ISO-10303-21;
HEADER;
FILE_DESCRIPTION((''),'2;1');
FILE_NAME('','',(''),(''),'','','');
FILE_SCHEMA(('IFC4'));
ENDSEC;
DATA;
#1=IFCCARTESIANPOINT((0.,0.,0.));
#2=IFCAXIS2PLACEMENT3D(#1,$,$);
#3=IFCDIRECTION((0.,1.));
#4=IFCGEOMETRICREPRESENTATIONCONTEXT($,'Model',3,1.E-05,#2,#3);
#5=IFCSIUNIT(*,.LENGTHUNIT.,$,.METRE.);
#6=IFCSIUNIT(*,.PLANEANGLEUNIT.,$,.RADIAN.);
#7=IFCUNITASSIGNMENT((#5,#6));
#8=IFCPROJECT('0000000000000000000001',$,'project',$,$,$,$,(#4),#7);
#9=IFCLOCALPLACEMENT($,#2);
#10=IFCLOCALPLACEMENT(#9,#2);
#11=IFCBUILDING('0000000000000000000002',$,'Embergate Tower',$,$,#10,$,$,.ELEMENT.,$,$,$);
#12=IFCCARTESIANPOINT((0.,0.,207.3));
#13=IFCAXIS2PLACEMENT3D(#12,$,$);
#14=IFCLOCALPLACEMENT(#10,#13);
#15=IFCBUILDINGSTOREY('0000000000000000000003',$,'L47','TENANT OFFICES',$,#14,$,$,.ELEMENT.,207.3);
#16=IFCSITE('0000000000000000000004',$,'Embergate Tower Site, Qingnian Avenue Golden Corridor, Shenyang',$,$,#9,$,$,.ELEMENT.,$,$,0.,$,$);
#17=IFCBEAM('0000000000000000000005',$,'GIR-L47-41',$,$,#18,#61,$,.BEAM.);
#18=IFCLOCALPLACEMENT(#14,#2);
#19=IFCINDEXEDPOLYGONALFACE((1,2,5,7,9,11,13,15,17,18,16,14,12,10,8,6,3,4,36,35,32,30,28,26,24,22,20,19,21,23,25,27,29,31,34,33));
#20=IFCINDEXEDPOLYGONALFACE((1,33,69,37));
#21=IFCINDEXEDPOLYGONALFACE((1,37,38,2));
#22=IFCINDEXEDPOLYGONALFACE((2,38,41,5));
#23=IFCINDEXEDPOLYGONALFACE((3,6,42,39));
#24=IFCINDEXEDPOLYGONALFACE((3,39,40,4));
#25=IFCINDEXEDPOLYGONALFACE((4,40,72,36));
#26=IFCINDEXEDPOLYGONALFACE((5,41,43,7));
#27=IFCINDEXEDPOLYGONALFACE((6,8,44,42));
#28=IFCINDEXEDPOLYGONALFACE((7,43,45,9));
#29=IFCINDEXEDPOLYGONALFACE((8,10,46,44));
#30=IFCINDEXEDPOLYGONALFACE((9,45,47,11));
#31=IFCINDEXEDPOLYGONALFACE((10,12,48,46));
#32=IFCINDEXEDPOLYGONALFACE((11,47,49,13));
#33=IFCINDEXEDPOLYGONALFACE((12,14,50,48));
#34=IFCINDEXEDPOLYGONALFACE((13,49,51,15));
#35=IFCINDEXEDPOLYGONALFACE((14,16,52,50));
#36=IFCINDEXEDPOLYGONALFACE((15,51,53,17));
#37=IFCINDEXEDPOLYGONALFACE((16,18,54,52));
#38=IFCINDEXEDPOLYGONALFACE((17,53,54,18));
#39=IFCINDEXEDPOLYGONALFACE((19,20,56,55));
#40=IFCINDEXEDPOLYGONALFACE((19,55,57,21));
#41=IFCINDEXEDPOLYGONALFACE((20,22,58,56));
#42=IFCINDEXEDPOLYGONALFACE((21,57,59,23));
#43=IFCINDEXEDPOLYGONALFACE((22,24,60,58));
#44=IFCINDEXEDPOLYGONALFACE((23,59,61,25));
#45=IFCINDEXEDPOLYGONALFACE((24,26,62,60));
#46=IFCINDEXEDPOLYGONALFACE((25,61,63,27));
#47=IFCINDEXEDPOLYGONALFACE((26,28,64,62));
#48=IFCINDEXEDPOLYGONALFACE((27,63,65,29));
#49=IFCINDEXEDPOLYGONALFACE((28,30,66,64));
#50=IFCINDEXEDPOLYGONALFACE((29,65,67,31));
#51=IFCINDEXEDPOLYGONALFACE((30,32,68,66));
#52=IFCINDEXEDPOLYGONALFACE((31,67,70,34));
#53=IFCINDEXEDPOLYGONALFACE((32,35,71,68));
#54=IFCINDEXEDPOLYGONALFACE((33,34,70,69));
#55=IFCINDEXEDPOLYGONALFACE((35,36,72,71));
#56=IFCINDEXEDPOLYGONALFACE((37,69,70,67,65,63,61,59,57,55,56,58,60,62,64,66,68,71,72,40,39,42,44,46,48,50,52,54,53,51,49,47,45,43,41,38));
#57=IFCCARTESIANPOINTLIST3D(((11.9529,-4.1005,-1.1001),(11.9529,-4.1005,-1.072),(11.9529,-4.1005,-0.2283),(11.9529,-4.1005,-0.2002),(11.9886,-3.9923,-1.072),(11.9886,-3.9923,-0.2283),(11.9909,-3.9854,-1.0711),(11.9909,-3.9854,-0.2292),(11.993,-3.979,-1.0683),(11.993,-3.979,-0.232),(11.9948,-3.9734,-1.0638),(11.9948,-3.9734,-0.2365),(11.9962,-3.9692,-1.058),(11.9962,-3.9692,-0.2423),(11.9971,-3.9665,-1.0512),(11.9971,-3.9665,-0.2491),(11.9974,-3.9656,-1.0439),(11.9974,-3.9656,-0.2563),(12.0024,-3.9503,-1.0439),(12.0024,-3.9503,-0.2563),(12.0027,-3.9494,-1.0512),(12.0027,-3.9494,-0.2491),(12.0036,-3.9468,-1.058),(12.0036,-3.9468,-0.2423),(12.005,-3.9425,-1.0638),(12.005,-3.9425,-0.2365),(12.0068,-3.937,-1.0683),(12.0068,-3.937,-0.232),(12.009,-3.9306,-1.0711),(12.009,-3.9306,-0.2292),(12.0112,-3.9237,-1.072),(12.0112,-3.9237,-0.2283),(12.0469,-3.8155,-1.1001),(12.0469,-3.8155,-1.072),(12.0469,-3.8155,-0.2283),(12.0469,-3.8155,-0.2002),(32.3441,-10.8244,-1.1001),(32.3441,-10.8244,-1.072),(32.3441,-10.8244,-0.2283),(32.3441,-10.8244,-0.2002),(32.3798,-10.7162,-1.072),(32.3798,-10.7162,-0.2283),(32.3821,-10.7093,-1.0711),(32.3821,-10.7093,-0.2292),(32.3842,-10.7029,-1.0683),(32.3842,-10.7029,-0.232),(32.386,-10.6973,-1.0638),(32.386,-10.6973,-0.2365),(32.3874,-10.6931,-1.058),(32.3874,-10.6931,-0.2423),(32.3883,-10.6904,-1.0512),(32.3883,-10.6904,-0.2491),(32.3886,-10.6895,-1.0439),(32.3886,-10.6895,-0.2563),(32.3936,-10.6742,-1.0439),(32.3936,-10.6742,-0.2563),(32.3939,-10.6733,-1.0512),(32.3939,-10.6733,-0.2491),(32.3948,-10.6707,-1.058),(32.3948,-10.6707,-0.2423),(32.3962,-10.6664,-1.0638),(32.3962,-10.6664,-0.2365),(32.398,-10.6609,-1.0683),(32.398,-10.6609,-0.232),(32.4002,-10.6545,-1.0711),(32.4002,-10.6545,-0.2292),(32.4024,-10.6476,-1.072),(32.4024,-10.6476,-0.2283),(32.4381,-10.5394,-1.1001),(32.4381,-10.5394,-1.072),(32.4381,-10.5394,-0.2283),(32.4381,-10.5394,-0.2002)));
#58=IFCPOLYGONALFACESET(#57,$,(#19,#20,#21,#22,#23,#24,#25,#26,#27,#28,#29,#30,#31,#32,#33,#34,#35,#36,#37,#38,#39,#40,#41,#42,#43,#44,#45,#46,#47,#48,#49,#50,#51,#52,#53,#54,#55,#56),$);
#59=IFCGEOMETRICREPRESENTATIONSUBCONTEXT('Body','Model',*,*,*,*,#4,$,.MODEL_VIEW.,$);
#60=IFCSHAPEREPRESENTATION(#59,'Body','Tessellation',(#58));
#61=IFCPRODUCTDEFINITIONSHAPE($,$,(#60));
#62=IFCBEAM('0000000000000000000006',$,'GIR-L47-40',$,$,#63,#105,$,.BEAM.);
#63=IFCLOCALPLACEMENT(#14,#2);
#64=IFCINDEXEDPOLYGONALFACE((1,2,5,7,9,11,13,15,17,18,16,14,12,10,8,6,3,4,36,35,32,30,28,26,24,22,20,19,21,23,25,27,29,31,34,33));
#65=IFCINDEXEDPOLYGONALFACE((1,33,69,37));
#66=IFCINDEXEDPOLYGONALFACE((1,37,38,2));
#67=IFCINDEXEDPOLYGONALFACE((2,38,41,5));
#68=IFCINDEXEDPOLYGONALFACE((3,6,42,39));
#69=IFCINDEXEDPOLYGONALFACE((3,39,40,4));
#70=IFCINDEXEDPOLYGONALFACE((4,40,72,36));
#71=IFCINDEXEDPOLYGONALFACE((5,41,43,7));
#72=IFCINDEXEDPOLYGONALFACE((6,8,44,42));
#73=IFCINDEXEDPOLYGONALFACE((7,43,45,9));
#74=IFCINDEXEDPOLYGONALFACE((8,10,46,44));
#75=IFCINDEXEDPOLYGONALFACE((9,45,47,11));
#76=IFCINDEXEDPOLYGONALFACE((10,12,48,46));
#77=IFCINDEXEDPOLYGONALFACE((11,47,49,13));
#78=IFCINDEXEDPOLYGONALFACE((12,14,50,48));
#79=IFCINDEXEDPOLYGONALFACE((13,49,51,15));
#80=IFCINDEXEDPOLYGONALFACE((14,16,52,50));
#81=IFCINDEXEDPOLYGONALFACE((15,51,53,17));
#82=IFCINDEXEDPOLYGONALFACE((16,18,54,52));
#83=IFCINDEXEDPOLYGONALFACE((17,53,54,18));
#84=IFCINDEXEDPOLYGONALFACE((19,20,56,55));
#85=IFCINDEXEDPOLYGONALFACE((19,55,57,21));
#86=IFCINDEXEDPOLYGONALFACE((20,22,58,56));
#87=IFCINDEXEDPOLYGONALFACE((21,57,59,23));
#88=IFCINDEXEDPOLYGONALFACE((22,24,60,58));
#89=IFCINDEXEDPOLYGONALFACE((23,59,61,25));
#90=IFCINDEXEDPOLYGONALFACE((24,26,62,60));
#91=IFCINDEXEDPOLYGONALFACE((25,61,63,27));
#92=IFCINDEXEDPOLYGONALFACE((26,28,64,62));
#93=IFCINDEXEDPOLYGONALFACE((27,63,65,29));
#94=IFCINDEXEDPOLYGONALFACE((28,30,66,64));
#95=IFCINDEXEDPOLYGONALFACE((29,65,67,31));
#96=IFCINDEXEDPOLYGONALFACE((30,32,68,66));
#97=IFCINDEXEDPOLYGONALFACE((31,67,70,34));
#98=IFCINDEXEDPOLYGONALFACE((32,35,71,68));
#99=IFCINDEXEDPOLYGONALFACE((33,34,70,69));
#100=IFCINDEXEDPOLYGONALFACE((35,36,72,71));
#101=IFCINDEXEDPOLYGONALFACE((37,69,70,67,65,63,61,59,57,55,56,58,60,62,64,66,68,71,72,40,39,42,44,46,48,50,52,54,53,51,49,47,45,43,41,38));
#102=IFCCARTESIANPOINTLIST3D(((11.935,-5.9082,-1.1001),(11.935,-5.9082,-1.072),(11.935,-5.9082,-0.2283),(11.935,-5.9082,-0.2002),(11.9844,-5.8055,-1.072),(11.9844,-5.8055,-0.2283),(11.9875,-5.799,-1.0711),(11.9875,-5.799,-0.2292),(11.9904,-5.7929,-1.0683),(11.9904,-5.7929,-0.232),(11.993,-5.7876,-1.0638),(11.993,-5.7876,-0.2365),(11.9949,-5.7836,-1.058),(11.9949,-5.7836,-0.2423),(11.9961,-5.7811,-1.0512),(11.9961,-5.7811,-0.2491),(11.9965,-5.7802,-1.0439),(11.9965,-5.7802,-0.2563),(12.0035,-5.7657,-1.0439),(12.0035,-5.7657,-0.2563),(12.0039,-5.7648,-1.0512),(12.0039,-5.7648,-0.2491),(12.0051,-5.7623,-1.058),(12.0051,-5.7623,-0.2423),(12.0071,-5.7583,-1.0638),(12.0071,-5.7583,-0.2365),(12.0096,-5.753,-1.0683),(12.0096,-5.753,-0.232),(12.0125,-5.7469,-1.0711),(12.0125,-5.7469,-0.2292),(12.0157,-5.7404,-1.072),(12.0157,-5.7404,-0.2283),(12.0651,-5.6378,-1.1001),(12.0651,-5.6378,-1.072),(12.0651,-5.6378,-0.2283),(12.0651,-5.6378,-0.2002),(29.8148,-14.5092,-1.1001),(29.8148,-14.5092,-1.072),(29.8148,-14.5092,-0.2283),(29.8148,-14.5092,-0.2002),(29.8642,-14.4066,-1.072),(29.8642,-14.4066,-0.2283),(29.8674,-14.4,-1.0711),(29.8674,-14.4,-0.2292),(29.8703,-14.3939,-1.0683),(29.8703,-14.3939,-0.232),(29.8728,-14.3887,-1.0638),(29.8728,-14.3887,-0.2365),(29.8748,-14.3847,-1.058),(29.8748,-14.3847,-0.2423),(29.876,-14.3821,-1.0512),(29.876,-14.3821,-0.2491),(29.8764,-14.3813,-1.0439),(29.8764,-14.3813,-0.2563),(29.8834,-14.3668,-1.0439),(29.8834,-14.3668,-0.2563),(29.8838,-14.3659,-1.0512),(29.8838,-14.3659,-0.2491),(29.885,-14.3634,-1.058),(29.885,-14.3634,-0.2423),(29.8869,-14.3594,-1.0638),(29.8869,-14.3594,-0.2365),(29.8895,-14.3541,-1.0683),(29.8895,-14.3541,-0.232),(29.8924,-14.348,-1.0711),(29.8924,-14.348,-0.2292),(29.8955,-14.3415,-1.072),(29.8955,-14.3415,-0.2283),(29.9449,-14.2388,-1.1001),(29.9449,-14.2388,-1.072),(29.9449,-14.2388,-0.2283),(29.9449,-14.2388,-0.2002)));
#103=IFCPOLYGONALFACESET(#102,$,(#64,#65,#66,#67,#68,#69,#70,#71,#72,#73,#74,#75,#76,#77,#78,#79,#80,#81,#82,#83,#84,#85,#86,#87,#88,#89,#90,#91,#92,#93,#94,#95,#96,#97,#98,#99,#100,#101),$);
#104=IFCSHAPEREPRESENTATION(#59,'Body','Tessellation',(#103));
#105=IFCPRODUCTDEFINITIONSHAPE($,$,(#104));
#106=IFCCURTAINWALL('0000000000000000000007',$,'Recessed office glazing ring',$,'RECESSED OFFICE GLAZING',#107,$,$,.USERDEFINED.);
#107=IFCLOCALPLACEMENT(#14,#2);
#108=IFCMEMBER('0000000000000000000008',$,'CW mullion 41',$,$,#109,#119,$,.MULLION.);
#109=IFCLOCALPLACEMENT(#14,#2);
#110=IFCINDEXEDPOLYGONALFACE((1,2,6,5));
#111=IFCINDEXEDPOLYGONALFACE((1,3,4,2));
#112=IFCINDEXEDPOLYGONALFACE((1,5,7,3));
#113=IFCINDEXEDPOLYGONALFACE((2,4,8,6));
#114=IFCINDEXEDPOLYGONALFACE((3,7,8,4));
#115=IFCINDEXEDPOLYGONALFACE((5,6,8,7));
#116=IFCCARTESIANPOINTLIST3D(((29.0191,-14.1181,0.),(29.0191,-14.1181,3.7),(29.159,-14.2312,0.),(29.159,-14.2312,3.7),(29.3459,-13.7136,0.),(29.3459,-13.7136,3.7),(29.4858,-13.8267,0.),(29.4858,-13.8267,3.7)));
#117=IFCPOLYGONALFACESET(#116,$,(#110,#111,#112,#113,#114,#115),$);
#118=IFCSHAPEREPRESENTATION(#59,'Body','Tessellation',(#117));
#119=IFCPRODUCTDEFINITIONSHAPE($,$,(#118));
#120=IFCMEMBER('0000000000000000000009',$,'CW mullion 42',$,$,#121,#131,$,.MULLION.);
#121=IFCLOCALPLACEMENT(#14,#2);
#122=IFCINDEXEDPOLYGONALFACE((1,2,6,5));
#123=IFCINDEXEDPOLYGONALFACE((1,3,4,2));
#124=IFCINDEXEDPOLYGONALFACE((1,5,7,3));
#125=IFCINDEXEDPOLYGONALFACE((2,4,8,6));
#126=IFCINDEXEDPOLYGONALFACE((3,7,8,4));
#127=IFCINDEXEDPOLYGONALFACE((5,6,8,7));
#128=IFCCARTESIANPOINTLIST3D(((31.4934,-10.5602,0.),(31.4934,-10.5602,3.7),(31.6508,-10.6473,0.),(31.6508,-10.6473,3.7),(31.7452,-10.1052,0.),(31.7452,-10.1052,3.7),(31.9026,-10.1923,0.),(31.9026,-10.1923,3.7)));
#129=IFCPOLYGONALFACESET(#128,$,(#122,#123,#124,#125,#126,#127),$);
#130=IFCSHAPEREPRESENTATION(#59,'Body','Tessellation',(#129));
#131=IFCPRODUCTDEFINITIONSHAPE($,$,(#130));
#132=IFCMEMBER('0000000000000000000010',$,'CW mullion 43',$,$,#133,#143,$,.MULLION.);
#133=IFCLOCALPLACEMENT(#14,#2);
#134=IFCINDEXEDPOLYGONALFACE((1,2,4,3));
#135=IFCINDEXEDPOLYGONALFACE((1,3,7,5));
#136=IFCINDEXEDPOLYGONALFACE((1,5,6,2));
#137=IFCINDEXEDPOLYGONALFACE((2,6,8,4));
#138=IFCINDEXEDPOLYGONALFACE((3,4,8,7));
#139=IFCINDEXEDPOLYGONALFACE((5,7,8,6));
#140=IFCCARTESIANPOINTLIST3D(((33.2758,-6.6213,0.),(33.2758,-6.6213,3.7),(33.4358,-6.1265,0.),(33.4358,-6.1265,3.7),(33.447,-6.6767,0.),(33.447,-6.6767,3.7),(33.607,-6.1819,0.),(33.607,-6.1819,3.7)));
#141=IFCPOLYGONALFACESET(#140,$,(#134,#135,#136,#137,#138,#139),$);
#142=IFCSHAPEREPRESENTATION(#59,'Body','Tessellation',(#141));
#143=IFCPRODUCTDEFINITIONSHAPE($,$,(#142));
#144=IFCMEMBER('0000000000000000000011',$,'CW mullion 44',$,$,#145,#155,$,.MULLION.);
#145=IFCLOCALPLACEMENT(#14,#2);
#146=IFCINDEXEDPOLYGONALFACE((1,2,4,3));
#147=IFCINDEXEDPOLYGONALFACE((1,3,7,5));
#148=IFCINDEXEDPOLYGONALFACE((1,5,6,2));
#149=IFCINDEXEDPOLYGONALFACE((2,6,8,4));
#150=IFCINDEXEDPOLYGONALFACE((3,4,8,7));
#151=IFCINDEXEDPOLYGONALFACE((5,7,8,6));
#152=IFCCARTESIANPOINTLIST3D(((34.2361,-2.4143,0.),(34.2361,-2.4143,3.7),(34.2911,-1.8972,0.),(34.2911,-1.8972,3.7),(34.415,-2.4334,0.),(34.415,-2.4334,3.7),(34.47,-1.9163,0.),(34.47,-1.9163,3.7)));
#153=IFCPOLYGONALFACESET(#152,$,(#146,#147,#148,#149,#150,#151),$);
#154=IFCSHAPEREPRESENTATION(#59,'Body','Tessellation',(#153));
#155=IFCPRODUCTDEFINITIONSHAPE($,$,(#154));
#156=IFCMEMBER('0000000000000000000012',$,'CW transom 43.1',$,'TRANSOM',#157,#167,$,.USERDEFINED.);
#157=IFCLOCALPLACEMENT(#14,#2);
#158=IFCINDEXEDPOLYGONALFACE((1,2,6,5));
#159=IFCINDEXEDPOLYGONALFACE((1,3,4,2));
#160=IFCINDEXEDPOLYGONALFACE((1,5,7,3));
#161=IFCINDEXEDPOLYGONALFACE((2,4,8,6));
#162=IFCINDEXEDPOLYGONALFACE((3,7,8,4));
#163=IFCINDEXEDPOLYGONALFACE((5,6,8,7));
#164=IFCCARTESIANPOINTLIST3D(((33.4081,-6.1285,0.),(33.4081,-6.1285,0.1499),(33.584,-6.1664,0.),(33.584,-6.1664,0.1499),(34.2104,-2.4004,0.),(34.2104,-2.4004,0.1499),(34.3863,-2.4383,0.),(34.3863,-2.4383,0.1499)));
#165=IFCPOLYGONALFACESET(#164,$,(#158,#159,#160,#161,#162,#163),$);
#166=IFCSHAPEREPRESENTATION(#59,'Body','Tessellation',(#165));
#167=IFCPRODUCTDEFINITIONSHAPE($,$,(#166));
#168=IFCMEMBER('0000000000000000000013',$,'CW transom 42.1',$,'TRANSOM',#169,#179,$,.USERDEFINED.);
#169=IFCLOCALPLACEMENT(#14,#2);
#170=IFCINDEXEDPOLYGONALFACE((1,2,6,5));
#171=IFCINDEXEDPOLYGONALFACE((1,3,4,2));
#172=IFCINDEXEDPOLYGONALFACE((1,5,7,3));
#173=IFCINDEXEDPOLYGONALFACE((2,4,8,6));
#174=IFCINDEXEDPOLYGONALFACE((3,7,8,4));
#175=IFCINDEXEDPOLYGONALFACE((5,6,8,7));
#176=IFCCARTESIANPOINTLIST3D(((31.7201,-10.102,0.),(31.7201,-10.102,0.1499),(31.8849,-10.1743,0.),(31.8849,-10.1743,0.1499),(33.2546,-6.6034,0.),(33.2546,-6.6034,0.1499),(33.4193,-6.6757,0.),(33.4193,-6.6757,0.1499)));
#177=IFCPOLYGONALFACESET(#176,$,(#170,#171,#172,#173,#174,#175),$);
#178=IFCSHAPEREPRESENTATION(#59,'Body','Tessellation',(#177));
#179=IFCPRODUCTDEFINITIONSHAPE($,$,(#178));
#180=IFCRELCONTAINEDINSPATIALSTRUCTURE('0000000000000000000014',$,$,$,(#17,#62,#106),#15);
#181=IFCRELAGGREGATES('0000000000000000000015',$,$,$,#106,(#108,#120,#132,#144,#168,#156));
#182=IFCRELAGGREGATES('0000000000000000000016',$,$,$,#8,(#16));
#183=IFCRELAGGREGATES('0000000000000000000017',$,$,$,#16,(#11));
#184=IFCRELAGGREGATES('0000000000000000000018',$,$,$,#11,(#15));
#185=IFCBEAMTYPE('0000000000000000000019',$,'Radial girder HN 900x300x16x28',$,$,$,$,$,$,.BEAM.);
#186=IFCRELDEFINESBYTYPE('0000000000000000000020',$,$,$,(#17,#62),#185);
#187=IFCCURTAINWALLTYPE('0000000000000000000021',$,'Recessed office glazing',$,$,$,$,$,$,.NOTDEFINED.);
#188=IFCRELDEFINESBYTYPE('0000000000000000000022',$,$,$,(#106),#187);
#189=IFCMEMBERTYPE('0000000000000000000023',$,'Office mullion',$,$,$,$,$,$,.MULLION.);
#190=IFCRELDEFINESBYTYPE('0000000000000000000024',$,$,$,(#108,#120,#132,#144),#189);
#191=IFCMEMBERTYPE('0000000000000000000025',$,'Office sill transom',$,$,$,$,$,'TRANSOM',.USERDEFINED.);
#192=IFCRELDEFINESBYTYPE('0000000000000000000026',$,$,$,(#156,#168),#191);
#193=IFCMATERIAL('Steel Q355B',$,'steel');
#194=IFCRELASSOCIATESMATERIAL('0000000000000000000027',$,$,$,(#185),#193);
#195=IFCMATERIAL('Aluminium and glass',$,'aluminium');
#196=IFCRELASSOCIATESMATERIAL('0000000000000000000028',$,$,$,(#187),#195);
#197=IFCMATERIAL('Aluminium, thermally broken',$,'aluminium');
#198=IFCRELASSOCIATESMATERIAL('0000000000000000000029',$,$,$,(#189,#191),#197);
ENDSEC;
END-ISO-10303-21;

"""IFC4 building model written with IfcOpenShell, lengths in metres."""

from ifc_helpers import new_model, si_unit, direction, frame, origin, origin_2d, place, context, subcontext, project, spatial, rectangle, i_section, extrude, source, transform, mapped, material, material_profile, profile_set, type_object, element, aggregate, save


model = new_model("IFC4")

# Units and contexts
model_context = context("Model", 3, precision=1e-05, world=origin(), true_north=direction((0.0, 1.0)))
body_context = subcontext(model_context, "Body", "Model", "MODEL_VIEW")
ifc_project = project(units=[si_unit("LENGTHUNIT", "METRE"), si_unit("PLANEANGLEUNIT", "RADIAN")], contexts=[model_context])

# Site, building, storey
site_placement = place(None, origin())
site = spatial("IfcSite", under=ifc_project, at=site_placement, Name="Embergate Tower Site, Qingnian Avenue Golden Corridor, Shenyang", CompositionType="ELEMENT", RefElevation=0.0)
building_placement = place(site_placement, origin())
building = spatial("IfcBuilding", under=site, at=building_placement, Name="Embergate Tower", CompositionType="ELEMENT")
storey_placement = place(building_placement, frame((0.0, 0.0, 207.3)))
storey = spatial("IfcBuildingStorey", under=building, at=storey_placement, Name="L47", Description="TENANT OFFICES", CompositionType="ELEMENT", Elevation=207.3)

# Beams
ifc_material_1 = material(Name="Steel Q355B", Category="steel")
ifc_material_profile_1 = material_profile(ifc_material_1, i_section(OverallWidth=0.3, OverallDepth=0.8999, WebThickness=0.0161, FlangeThickness=0.0281, FilletRadius=0.0281, at=origin_2d()), Name="HN 900x300x16x28")
ifc_profile_set_1 = profile_set([ifc_material_profile_1], Name="Steel Q355 grade B")
beam_type_1 = type_object("IfcBeamType", Name="Radial girder HN 900x300x16x28", PredefinedType="BEAM", material=ifc_profile_set_1)
shared_shape_1 = source(origin(), body_context, "Body", "SweptSolid", [
    extrude(i_section(OverallWidth=0.3, OverallDepth=0.8999, WebThickness=0.0161, FlangeThickness=0.0281, FilletRadius=0.0281, at=origin_2d()), origin(), (0.0, 0.0, 1.0), 21.4712),
])
beam_1_placement = place(storey_placement, frame((32.3911, -10.6819, -0.6501), z_axis=(-0.949701, 0.313159, 0.0), x_axis=(-0.313159, -0.949701, 0.0)))
element("IfcBeam", 1, at=beam_1_placement, inside=storey, type_object=beam_type_1, Name="GIR-L47-41", PredefinedType="BEAM", context=body_context, shape_type="MappedRepresentation", body=[
    mapped(shared_shape_1, transform((0.0, 0.0, 0.0))),
])
shared_shape_2 = source(origin(), body_context, "Body", "SweptSolid", [
    extrude(i_section(OverallWidth=0.3, OverallDepth=0.8999, WebThickness=0.0161, FlangeThickness=0.0281, FilletRadius=0.0281, at=origin_2d()), origin(), (0.0, 0.0, 1.0), 19.8411),
])
beam_2_placement = place(storey_placement, frame((29.8799, -14.374, -0.6501), z_axis=(-0.901154, 0.433498, 0.0), x_axis=(-0.433498, -0.901154, 0.0)))
element("IfcBeam", 2, at=beam_2_placement, inside=storey, type_object=beam_type_1, Name="GIR-L47-40", PredefinedType="BEAM", context=body_context, shape_type="MappedRepresentation", body=[
    mapped(shared_shape_2, transform((0.0, 0.0, 0.0))),
])

# Curtain wall, members
ifc_material_2 = material(Name="Aluminium and glass", Category="aluminium")
curtain_wall_type = type_object("IfcCurtainWallType", Name="Recessed office glazing", PredefinedType="NOTDEFINED", material=ifc_material_2)
curtain_wall_placement = place(storey_placement, origin())
curtain_wall = element("IfcCurtainWall", 3, at=curtain_wall_placement, inside=storey, type_object=curtain_wall_type, Name="Recessed office glazing ring", ObjectType="RECESSED OFFICE GLAZING", PredefinedType="USERDEFINED")
ifc_material_3 = material(Name="Aluminium, thermally broken", Category="aluminium")
ifc_material_profile_2 = material_profile(ifc_material_3, rectangle(XDim=0.1799, YDim=0.52, at=origin_2d()), Name="AL 520x180")
ifc_profile_set_2 = profile_set([ifc_material_profile_2], Name="Aluminium, thermally broken")
member_type_1 = type_object("IfcMemberType", Name="Office mullion", PredefinedType="MULLION", material=ifc_profile_set_2)
shared_shape_3 = source(origin(), body_context, "Body", "SweptSolid", [
    extrude(rectangle(XDim=0.1799, YDim=0.52, at=origin_2d()), origin(), (0.0, 0.0, 1.0), 3.7),
])
member_1_placement = place(storey_placement, frame((29.2524, -13.9724, 0.0), z_axis=(0.0, 0.0, 1.0), x_axis=(-0.777875, 0.628419, 0.0)))
member_1 = element("IfcMember", 4, at=member_1_placement, type_object=member_type_1, Name="CW mullion 41", PredefinedType="MULLION", context=body_context, shape_type="MappedRepresentation", body=[
    mapped(shared_shape_3, transform((0.0, 0.0, 0.0))),
])
member_2_placement = place(storey_placement, frame((31.698, -10.3762, 0.0), z_axis=(0.0, 0.0, 1.0), x_axis=(-0.875003, 0.484118, 0.0)))
member_2 = element("IfcMember", 5, at=member_2_placement, type_object=member_type_1, Name="CW mullion 42", PredefinedType="MULLION", context=body_context, shape_type="MappedRepresentation", body=[
    mapped(shared_shape_3, transform((0.0, 0.0, 0.0))),
])
member_3_placement = place(storey_placement, frame((33.4414, -6.4016, 0.0), z_axis=(0.0, 0.0, 1.0), x_axis=(-0.951498, 0.307656, 0.0)))
member_3 = element("IfcMember", 6, at=member_3_placement, type_object=member_type_1, Name="CW mullion 43", PredefinedType="MULLION", context=body_context, shape_type="MappedRepresentation", body=[
    mapped(shared_shape_3, transform((0.0, 0.0, 0.0))),
])
member_4_placement = place(storey_placement, frame((34.353, -2.1653, 0.0), z_axis=(0.0, 0.0, 1.0), x_axis=(-0.994385, 0.105823, 0.0)))
member_4 = element("IfcMember", 7, at=member_4_placement, type_object=member_type_1, Name="CW mullion 44", PredefinedType="MULLION", context=body_context, shape_type="MappedRepresentation", body=[
    mapped(shared_shape_3, transform((0.0, 0.0, 0.0))),
])
ifc_material_profile_3 = material_profile(ifc_material_3, rectangle(XDim=0.1799, YDim=0.1499, at=origin_2d()), Name="AL 150x180")
ifc_profile_set_3 = profile_set([ifc_material_profile_3], Name="Aluminium, thermally broken")
member_type_2 = type_object("IfcMemberType", Name="Office sill transom", ElementType="TRANSOM", PredefinedType="USERDEFINED", material=ifc_profile_set_3)
shared_shape_4 = source(origin(), body_context, "Body", "SweptSolid", [
    extrude(rectangle(XDim=0.1799, YDim=0.1499, at=origin_2d()), origin(), (0.0, 0.0, 1.0), 3.8135),
])
member_5_placement = place(storey_placement, frame((33.4961, -6.1475, 0.075), z_axis=(0.210377, 0.97762, 0.0), x_axis=(-0.97762, 0.210377, 0.0)))
member_5 = element("IfcMember", 8, at=member_5_placement, type_object=member_type_2, Name="CW transom 43.1", ObjectType="TRANSOM", PredefinedType="USERDEFINED", context=body_context, shape_type="MappedRepresentation", body=[
    mapped(shared_shape_4, transform((0.0, 0.0, 0.0))),
])
shared_shape_5 = source(origin(), body_context, "Body", "SweptSolid", [
    extrude(rectangle(XDim=0.1799, YDim=0.1499, at=origin_2d()), origin(), (0.0, 0.0, 1.0), 3.8203),
])
member_6_placement = place(storey_placement, frame((31.8025, -10.1382, 0.075), z_axis=(0.401657, 0.91579, 0.0), x_axis=(-0.91579, 0.401657, 0.0)))
member_6 = element("IfcMember", 9, at=member_6_placement, type_object=member_type_2, Name="CW transom 42.1", ObjectType="TRANSOM", PredefinedType="USERDEFINED", context=body_context, shape_type="MappedRepresentation", body=[
    mapped(shared_shape_5, transform((0.0, 0.0, 0.0))),
])
aggregate(curtain_wall, [member_1, member_2, member_3, member_4, member_6, member_5])

save(model, "model.ifc")
